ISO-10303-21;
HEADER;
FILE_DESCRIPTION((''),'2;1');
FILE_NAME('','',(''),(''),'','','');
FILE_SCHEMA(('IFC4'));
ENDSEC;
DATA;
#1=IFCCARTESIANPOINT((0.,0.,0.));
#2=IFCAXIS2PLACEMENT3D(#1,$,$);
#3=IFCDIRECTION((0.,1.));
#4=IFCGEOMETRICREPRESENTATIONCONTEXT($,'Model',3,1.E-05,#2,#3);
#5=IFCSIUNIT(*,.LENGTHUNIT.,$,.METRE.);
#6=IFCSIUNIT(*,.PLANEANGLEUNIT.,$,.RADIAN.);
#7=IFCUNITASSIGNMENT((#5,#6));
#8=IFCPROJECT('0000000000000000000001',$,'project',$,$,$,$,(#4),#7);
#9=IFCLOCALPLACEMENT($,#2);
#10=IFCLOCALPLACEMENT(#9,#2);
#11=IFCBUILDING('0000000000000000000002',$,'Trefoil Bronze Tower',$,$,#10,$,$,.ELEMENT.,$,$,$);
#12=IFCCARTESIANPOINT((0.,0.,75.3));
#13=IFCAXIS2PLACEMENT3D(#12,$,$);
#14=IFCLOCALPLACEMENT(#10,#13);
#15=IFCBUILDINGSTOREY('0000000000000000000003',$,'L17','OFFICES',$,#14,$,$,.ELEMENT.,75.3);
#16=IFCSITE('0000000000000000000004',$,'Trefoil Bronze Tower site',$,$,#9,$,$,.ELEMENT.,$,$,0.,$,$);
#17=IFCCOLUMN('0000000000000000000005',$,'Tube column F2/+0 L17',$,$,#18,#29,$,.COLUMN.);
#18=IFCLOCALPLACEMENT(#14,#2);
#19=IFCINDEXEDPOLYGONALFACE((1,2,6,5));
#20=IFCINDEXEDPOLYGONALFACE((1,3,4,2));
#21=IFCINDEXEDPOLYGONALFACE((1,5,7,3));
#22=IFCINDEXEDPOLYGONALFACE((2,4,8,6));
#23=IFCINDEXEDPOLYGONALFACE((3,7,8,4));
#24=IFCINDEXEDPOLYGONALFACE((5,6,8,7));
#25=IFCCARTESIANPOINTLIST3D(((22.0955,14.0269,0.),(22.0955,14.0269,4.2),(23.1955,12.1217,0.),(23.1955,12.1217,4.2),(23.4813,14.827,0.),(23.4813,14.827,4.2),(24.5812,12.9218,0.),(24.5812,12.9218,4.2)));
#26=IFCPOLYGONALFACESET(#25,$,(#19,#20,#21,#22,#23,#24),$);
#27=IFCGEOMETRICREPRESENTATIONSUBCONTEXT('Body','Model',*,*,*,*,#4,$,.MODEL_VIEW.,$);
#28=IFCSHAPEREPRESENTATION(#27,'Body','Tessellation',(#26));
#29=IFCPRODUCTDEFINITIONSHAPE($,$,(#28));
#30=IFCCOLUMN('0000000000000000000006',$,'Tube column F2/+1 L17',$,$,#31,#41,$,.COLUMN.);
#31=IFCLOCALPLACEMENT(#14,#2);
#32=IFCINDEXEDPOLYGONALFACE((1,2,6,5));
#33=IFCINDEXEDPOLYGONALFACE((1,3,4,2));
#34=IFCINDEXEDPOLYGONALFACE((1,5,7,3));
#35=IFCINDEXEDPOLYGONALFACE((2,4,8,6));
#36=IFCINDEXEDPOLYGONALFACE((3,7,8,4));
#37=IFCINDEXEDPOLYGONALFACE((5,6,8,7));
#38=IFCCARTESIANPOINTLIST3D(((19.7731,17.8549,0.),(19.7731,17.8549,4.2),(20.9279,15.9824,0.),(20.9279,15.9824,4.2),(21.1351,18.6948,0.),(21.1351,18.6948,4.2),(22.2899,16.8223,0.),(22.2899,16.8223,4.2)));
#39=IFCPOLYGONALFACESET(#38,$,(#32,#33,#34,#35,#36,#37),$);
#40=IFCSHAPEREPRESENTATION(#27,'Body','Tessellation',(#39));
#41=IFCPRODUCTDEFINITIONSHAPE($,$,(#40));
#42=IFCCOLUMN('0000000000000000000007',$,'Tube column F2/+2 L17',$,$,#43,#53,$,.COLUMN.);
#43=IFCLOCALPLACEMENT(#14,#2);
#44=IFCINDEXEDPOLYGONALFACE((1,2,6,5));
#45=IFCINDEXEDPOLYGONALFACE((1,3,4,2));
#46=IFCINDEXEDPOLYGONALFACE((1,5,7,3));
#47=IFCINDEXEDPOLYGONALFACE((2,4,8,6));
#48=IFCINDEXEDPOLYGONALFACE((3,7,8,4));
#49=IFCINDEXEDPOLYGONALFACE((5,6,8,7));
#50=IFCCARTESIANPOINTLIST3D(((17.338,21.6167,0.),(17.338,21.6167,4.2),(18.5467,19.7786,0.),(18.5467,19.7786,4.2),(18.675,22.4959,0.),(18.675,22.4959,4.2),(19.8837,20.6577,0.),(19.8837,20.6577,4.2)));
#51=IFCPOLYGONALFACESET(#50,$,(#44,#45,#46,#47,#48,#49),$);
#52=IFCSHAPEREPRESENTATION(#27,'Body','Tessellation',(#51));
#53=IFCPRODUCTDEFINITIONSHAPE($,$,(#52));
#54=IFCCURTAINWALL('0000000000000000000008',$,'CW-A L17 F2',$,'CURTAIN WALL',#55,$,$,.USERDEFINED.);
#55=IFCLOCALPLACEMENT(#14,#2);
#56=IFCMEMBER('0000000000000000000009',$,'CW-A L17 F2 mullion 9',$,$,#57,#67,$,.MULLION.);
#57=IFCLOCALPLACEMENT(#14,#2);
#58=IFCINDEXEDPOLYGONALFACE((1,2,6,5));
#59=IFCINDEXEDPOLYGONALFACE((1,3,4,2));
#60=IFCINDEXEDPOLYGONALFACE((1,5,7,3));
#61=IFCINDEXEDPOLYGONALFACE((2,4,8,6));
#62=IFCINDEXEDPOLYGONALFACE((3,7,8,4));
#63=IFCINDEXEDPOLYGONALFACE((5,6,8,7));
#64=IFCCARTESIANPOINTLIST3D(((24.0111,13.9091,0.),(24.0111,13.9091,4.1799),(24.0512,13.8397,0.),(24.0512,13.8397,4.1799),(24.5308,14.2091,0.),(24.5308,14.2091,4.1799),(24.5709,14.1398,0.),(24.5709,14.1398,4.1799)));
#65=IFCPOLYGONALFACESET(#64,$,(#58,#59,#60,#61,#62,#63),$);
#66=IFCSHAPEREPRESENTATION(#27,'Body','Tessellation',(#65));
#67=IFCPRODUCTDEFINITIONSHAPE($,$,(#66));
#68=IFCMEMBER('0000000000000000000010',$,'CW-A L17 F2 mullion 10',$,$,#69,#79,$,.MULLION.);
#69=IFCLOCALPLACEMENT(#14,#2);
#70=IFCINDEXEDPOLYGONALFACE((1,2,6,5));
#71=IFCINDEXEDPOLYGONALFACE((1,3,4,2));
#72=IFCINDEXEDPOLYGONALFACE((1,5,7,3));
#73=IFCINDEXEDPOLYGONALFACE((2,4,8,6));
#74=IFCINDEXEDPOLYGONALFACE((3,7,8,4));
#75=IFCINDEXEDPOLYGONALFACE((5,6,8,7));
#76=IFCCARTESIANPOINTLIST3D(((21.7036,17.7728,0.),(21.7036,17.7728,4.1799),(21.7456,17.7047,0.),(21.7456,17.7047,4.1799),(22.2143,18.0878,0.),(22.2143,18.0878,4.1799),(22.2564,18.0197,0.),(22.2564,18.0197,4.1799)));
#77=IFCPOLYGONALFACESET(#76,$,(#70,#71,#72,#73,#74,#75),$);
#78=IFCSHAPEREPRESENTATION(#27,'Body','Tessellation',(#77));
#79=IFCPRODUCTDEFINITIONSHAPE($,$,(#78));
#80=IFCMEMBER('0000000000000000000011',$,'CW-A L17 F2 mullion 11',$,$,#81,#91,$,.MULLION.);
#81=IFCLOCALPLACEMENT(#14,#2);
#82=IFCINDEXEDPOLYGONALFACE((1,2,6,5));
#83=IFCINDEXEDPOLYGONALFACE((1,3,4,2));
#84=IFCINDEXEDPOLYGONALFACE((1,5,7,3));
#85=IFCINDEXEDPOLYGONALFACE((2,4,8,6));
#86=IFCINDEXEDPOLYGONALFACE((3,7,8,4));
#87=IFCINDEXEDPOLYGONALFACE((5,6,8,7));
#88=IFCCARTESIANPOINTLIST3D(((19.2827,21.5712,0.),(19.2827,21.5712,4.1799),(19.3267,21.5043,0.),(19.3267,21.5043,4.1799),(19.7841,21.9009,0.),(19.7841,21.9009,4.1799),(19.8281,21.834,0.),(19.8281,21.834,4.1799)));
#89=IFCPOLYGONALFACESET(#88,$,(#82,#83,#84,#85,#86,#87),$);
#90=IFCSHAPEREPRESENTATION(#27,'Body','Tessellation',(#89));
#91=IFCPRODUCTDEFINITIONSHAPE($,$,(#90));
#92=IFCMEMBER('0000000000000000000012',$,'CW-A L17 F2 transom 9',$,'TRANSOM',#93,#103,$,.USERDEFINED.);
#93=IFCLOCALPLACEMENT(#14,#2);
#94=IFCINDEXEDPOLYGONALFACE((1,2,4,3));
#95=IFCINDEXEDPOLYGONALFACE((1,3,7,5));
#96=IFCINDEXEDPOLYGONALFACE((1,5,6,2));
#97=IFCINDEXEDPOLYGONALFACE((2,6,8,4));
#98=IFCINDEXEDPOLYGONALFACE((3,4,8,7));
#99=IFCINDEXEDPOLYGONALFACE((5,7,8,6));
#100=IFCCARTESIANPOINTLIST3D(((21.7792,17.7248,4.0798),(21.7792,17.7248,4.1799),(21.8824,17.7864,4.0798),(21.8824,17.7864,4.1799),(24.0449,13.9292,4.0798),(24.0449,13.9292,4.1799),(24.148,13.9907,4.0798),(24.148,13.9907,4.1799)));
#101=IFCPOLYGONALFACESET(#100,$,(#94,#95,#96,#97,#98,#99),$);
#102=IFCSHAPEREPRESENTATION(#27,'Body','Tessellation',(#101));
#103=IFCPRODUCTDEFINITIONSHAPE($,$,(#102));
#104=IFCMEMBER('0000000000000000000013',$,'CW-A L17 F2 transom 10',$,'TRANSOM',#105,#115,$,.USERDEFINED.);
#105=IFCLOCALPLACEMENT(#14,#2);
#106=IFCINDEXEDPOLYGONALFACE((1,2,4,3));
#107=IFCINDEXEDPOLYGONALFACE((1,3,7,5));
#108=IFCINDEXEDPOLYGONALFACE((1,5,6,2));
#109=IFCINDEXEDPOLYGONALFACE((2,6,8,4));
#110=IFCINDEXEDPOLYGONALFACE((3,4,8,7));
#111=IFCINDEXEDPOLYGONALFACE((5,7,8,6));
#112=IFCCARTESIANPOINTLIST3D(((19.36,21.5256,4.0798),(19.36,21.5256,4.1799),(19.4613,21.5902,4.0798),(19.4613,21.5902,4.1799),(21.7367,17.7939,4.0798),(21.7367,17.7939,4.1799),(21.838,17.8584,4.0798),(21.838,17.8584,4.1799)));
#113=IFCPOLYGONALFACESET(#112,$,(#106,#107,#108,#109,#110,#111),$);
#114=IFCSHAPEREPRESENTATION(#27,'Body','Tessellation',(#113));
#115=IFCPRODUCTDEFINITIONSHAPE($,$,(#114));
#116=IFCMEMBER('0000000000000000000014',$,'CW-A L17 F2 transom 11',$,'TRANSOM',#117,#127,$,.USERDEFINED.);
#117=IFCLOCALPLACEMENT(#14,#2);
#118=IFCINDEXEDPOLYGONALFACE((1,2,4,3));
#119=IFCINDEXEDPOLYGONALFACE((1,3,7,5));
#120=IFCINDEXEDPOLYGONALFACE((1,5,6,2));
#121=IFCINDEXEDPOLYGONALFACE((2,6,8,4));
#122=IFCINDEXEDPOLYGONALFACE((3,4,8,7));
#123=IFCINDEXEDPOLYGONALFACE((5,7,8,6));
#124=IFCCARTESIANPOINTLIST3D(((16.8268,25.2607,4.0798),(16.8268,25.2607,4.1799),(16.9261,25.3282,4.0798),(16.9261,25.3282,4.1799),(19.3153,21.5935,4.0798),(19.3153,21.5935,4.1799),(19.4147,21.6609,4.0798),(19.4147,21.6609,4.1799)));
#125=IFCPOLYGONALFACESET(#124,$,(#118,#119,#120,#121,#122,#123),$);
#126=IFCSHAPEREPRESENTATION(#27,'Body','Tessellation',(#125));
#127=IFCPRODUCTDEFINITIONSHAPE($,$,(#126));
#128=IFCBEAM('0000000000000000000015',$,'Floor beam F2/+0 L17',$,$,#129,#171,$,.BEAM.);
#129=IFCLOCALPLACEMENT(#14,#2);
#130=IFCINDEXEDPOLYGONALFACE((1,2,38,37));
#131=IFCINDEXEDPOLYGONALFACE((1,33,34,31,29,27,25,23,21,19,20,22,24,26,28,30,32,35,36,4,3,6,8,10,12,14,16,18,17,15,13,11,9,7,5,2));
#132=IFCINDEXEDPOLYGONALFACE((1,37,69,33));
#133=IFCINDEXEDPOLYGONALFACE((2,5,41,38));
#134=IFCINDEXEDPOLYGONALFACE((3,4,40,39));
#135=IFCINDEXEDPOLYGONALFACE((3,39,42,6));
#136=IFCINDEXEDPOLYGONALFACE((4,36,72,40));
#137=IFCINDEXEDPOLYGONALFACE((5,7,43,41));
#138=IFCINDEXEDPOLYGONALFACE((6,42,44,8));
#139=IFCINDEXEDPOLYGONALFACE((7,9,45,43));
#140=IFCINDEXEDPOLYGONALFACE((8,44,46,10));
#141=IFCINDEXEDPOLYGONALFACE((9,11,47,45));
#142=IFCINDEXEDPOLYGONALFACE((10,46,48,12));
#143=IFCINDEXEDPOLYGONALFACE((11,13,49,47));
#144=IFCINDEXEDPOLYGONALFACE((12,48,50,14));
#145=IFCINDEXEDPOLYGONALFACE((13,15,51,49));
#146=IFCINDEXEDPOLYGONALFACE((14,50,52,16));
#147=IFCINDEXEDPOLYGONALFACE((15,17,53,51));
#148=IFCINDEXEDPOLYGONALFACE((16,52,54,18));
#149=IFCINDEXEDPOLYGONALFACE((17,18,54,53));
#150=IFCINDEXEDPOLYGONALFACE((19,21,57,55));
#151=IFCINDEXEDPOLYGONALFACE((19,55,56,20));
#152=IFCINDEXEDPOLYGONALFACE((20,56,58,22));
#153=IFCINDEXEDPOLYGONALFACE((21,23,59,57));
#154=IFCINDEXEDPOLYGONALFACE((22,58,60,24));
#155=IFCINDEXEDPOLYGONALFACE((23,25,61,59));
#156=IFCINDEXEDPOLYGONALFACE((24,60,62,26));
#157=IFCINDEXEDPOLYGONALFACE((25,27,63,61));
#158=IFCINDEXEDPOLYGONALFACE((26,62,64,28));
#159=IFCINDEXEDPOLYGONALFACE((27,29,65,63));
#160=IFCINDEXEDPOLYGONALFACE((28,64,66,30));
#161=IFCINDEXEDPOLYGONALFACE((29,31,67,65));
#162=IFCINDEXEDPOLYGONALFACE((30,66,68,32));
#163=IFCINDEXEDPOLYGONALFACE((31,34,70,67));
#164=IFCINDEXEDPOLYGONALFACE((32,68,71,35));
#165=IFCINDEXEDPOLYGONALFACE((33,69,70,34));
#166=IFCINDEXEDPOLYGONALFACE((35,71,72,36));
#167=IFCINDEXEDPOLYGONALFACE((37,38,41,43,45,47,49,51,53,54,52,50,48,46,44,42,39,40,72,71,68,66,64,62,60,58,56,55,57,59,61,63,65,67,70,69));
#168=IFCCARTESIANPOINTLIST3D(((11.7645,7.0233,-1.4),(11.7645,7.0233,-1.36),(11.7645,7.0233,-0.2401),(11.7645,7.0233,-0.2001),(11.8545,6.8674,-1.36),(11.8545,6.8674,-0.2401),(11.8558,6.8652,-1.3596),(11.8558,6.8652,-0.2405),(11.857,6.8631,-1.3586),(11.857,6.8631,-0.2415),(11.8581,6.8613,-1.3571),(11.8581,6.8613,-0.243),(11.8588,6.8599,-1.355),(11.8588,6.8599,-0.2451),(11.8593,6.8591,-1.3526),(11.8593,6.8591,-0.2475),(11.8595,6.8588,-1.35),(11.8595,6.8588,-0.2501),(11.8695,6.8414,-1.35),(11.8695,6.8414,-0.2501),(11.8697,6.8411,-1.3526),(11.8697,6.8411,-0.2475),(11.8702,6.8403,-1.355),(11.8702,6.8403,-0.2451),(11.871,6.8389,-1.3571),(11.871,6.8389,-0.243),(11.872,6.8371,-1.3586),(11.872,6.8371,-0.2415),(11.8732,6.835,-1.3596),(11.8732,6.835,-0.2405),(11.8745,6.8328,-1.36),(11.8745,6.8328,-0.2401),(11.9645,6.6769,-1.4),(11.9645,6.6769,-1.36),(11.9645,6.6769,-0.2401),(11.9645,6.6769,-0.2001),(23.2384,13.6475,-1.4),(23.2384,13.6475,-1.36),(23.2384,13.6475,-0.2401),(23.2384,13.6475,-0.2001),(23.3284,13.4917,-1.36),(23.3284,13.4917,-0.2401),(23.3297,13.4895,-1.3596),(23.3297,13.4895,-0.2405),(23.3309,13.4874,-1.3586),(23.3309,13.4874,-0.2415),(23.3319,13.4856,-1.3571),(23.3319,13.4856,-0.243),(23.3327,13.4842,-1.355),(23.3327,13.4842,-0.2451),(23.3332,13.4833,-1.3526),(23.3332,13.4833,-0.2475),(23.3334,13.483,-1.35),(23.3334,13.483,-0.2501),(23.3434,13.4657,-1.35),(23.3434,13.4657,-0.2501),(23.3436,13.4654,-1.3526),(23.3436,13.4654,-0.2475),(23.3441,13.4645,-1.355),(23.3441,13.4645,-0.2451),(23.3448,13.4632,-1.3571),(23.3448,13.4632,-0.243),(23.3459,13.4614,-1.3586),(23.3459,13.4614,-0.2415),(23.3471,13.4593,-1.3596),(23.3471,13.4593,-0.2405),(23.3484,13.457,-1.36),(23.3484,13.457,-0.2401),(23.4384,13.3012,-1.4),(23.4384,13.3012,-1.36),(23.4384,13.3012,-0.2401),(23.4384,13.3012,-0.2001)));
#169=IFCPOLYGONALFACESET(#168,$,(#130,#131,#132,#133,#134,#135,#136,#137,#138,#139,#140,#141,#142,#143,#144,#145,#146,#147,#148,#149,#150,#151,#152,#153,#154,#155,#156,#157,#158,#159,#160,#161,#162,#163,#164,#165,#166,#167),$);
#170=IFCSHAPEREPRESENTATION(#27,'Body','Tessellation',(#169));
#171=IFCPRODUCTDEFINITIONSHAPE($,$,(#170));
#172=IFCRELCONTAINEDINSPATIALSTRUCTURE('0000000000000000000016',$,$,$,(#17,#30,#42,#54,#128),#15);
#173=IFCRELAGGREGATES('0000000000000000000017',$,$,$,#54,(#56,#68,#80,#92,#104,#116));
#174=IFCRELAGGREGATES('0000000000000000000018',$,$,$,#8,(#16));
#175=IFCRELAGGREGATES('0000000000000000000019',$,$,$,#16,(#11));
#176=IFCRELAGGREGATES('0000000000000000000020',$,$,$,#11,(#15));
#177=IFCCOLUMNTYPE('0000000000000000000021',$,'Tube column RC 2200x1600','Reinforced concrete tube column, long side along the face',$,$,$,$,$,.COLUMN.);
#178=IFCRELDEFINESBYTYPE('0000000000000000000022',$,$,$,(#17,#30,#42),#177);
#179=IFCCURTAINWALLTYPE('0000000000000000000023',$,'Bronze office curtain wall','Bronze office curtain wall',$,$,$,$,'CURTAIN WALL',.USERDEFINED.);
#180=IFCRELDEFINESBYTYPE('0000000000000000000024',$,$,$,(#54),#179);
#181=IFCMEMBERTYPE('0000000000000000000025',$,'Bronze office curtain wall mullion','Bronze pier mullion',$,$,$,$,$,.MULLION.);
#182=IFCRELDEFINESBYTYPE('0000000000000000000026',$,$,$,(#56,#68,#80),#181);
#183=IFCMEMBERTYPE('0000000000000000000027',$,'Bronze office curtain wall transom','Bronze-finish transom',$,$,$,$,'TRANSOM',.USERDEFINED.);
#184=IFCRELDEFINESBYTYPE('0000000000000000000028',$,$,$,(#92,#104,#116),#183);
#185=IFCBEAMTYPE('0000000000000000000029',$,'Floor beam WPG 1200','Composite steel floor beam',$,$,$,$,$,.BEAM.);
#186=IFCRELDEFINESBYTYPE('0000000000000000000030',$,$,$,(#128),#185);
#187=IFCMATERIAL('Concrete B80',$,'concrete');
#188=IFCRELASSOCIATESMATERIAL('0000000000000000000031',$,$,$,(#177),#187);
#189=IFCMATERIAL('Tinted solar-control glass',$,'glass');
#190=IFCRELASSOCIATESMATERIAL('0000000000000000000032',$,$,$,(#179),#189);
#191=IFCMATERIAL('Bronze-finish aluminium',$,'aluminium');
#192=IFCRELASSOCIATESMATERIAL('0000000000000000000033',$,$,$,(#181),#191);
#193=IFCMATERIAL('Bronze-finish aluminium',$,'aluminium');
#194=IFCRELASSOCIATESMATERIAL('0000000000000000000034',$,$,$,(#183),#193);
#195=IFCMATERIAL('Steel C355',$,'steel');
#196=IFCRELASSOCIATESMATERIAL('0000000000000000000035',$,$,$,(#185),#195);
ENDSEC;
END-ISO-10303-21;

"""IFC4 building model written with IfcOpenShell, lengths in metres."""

from ifc_helpers import new_model, si_unit, direction, frame, origin, origin_2d, place, context, subcontext, project, spatial, rectangle, i_section, extrude, material, material_profile, profile_set, type_object, element, aggregate, save


model = new_model("IFC4")

# Units and contexts
model_context = context("Model", 3, precision=1e-05, world=origin(), true_north=direction((0.0, 1.0)))
body_context = subcontext(model_context, "Body", "Model", "MODEL_VIEW")
ifc_project = project(units=[si_unit("LENGTHUNIT", "METRE"), si_unit("PLANEANGLEUNIT", "RADIAN")], contexts=[model_context])

# Site, building, storey
site_placement = place(None, origin())
site = spatial("IfcSite", under=ifc_project, at=site_placement, Name="Trefoil Bronze Tower site", CompositionType="ELEMENT", RefElevation=0.0)
building_placement = place(site_placement, origin())
building = spatial("IfcBuilding", under=site, at=building_placement, Name="Trefoil Bronze Tower", CompositionType="ELEMENT")
storey_placement = place(building_placement, frame((0.0, 0.0, 75.3)))
storey = spatial("IfcBuildingStorey", under=building, at=storey_placement, Name="L17", Description="OFFICES", CompositionType="ELEMENT", Elevation=75.3)

# Columns
ifc_material_1 = material(Name="Concrete B80", Category="concrete")
ifc_material_profile_1 = material_profile(ifc_material_1, rectangle(XDim=2.2, YDim=1.6001, at=origin_2d()), Name="RC 2200x1600")
ifc_profile_set_1 = profile_set([ifc_material_profile_1], Name="Concrete B80")
column_type = type_object("IfcColumnType", Name="Tube column RC 2200x1600", Description="Reinforced concrete tube column, long side along the face", PredefinedType="COLUMN", material=ifc_profile_set_1)
for number, where, z_axis, x_axis, name in (
    (1, (23.3384, 13.4744, 0.0), (0.0, 0.0, 1.0), (-0.5, 0.866025, 0.0), "Tube column F2/+0 L17"),
    (2, (21.0315, 17.3386, 0.0), (0.0, 0.0, 1.0), (-0.524923, 0.85115, 0.0), "Tube column F2/+1 L17"),
    (3, (18.6108, 21.1372, 0.0), (0.0, 0.0, 1.0), (-0.549424, 0.835544, 0.0), "Tube column F2/+2 L17"),
):
    element("IfcColumn", number, at=place(storey_placement, frame(where, z_axis=z_axis, x_axis=x_axis)), inside=storey, type_object=column_type, Name=name, PredefinedType="COLUMN", context=body_context, shape_type="SweptSolid", body=[
        extrude(rectangle(XDim=2.2, YDim=1.6001, at=origin_2d()), origin(), (0.0, 0.0, 1.0), 4.2),
    ])

# Curtain wall, members
ifc_material_2 = material(Name="Tinted solar-control glass", Category="glass")
curtain_wall_type = type_object("IfcCurtainWallType", Name="Bronze office curtain wall", Description="Bronze office curtain wall", ElementType="CURTAIN WALL", PredefinedType="USERDEFINED", material=ifc_material_2)
curtain_wall_placement = place(storey_placement, origin())
curtain_wall = element("IfcCurtainWall", 4, at=curtain_wall_placement, inside=storey, type_object=curtain_wall_type, Name="CW-A L17 F2", ObjectType="CURTAIN WALL", PredefinedType="USERDEFINED")
ifc_material_3 = material(Name="Bronze-finish aluminium", Category="aluminium")
ifc_material_profile_2 = material_profile(ifc_material_3, rectangle(XDim=0.6001, YDim=0.0801, at=origin_2d()), Name="CW-A mullion")
ifc_profile_set_2 = profile_set([ifc_material_profile_2], Name="Bronze-finish aluminium")
member_type_1 = type_object("IfcMemberType", Name="Bronze office curtain wall mullion", Description="Bronze pier mullion", PredefinedType="MULLION", material=ifc_profile_set_2)
member_1_placement = place(storey_placement, frame((24.291, 14.0244, 0.0), z_axis=(0.0, 0.0, 1.0), x_axis=(-0.866025, -0.5, 0.0)))
member_1 = element("IfcMember", 5, at=member_1_placement, type_object=member_type_1, Name="CW-A L17 F2 mullion 9", PredefinedType="MULLION", context=body_context, shape_type="SweptSolid", body=[
    extrude(rectangle(XDim=0.6001, YDim=0.0801, at=origin_2d()), origin(), (0.0, 0.0, 1.0), 4.1799),
])
member_2_placement = place(storey_placement, frame((21.98, 17.8962, 0.0), z_axis=(0.0, 0.0, 1.0), x_axis=(-0.85115, -0.524923, 0.0)))
member_2 = element("IfcMember", 6, at=member_2_placement, type_object=member_type_1, Name="CW-A L17 F2 mullion 10", PredefinedType="MULLION", context=body_context, shape_type="SweptSolid", body=[
    extrude(rectangle(XDim=0.6001, YDim=0.0801, at=origin_2d()), origin(), (0.0, 0.0, 1.0), 4.1799),
])
member_3_placement = place(storey_placement, frame((19.5554, 21.7026, 0.0), z_axis=(0.0, 0.0, 1.0), x_axis=(-0.835544, -0.549424, 0.0)))
member_3 = element("IfcMember", 7, at=member_3_placement, type_object=member_type_1, Name="CW-A L17 F2 mullion 11", PredefinedType="MULLION", context=body_context, shape_type="SweptSolid", body=[
    extrude(rectangle(XDim=0.6001, YDim=0.0801, at=origin_2d()), origin(), (0.0, 0.0, 1.0), 4.1799),
])
ifc_material_4 = material(Name="Bronze-finish aluminium", Category="aluminium")
ifc_material_profile_3 = material_profile(ifc_material_4, rectangle(XDim=0.1201, YDim=0.1001, at=origin_2d()), Name="CW-A transom")
ifc_profile_set_3 = profile_set([ifc_material_profile_3], Name="Bronze-finish aluminium")
member_type_2 = type_object("IfcMemberType", Name="Bronze office curtain wall transom", Description="Bronze-finish transom", ElementType="TRANSOM", PredefinedType="USERDEFINED", material=ifc_profile_set_3)
member_4_placement = place(storey_placement, frame((24.0964, 13.96, 4.1299), z_axis=(-0.512537, 0.858665, 0.0), x_axis=(-0.858665, -0.512537, 0.0)))
member_4 = element("IfcMember", 8, at=member_4_placement, type_object=member_type_2, Name="CW-A L17 F2 transom 9", ObjectType="TRANSOM", PredefinedType="USERDEFINED", context=body_context, shape_type="SweptSolid", body=[
    extrude(rectangle(XDim=0.1201, YDim=0.1001, at=origin_2d()), origin(), (0.0, 0.0, 1.0), 4.4204),
])
member_5_placement = place(storey_placement, frame((21.7874, 17.8262, 4.1299), z_axis=(-0.537197, 0.843457, 0.0), x_axis=(-0.843457, -0.537197, 0.0)))
member_5 = element("IfcMember", 9, at=member_5_placement, type_object=member_type_2, Name="CW-A L17 F2 transom 10", ObjectType="TRANSOM", PredefinedType="USERDEFINED", context=body_context, shape_type="SweptSolid", body=[
    extrude(rectangle(XDim=0.1201, YDim=0.1001, at=origin_2d()), origin(), (0.0, 0.0, 1.0), 4.4243),
])
member_6_placement = place(storey_placement, frame((19.365, 21.6272, 4.1299), z_axis=(-0.561508, 0.827471, 0.0), x_axis=(-0.827471, -0.561508, 0.0)))
member_6 = element("IfcMember", 10, at=member_6_placement, type_object=member_type_2, Name="CW-A L17 F2 transom 11", ObjectType="TRANSOM", PredefinedType="USERDEFINED", context=body_context, shape_type="SweptSolid", body=[
    extrude(rectangle(XDim=0.1201, YDim=0.1001, at=origin_2d()), origin(), (0.0, 0.0, 1.0), 4.4319),
])

# Beam
ifc_material_5 = material(Name="Steel C355", Category="steel")
ifc_material_profile_4 = material_profile(ifc_material_5, i_section(OverallWidth=0.3999, OverallDepth=1.2, WebThickness=0.02, FlangeThickness=0.04, FilletRadius=0.01, at=origin_2d()), Name="WPG 1200")
ifc_profile_set_4 = profile_set([ifc_material_profile_4], Name="Steel C355")
beam_type_1 = type_object("IfcBeamType", Name="Floor beam WPG 1200", Description="Composite steel floor beam", PredefinedType="BEAM", material=ifc_profile_set_4)
beam_1_placement = place(storey_placement, frame((23.3384, 13.4744, -0.8), z_axis=(-0.866031, -0.49999, 0.0), x_axis=(0.49999, -0.866031, 0.0)))
element("IfcBeam", 11, at=beam_1_placement, inside=storey, type_object=beam_type_1, Name="Floor beam F2/+0 L17", PredefinedType="BEAM", context=body_context, shape_type="SweptSolid", body=[
    extrude(i_section(OverallWidth=0.3999, OverallDepth=1.2, WebThickness=0.02, FlangeThickness=0.04, FilletRadius=0.01, at=origin_2d()), origin(), (0.0, 0.0, 1.0), 13.2488),
])

aggregate(curtain_wall, [member_1, member_2, member_3, member_4, member_5, member_6])

save(model, "model.ifc")
